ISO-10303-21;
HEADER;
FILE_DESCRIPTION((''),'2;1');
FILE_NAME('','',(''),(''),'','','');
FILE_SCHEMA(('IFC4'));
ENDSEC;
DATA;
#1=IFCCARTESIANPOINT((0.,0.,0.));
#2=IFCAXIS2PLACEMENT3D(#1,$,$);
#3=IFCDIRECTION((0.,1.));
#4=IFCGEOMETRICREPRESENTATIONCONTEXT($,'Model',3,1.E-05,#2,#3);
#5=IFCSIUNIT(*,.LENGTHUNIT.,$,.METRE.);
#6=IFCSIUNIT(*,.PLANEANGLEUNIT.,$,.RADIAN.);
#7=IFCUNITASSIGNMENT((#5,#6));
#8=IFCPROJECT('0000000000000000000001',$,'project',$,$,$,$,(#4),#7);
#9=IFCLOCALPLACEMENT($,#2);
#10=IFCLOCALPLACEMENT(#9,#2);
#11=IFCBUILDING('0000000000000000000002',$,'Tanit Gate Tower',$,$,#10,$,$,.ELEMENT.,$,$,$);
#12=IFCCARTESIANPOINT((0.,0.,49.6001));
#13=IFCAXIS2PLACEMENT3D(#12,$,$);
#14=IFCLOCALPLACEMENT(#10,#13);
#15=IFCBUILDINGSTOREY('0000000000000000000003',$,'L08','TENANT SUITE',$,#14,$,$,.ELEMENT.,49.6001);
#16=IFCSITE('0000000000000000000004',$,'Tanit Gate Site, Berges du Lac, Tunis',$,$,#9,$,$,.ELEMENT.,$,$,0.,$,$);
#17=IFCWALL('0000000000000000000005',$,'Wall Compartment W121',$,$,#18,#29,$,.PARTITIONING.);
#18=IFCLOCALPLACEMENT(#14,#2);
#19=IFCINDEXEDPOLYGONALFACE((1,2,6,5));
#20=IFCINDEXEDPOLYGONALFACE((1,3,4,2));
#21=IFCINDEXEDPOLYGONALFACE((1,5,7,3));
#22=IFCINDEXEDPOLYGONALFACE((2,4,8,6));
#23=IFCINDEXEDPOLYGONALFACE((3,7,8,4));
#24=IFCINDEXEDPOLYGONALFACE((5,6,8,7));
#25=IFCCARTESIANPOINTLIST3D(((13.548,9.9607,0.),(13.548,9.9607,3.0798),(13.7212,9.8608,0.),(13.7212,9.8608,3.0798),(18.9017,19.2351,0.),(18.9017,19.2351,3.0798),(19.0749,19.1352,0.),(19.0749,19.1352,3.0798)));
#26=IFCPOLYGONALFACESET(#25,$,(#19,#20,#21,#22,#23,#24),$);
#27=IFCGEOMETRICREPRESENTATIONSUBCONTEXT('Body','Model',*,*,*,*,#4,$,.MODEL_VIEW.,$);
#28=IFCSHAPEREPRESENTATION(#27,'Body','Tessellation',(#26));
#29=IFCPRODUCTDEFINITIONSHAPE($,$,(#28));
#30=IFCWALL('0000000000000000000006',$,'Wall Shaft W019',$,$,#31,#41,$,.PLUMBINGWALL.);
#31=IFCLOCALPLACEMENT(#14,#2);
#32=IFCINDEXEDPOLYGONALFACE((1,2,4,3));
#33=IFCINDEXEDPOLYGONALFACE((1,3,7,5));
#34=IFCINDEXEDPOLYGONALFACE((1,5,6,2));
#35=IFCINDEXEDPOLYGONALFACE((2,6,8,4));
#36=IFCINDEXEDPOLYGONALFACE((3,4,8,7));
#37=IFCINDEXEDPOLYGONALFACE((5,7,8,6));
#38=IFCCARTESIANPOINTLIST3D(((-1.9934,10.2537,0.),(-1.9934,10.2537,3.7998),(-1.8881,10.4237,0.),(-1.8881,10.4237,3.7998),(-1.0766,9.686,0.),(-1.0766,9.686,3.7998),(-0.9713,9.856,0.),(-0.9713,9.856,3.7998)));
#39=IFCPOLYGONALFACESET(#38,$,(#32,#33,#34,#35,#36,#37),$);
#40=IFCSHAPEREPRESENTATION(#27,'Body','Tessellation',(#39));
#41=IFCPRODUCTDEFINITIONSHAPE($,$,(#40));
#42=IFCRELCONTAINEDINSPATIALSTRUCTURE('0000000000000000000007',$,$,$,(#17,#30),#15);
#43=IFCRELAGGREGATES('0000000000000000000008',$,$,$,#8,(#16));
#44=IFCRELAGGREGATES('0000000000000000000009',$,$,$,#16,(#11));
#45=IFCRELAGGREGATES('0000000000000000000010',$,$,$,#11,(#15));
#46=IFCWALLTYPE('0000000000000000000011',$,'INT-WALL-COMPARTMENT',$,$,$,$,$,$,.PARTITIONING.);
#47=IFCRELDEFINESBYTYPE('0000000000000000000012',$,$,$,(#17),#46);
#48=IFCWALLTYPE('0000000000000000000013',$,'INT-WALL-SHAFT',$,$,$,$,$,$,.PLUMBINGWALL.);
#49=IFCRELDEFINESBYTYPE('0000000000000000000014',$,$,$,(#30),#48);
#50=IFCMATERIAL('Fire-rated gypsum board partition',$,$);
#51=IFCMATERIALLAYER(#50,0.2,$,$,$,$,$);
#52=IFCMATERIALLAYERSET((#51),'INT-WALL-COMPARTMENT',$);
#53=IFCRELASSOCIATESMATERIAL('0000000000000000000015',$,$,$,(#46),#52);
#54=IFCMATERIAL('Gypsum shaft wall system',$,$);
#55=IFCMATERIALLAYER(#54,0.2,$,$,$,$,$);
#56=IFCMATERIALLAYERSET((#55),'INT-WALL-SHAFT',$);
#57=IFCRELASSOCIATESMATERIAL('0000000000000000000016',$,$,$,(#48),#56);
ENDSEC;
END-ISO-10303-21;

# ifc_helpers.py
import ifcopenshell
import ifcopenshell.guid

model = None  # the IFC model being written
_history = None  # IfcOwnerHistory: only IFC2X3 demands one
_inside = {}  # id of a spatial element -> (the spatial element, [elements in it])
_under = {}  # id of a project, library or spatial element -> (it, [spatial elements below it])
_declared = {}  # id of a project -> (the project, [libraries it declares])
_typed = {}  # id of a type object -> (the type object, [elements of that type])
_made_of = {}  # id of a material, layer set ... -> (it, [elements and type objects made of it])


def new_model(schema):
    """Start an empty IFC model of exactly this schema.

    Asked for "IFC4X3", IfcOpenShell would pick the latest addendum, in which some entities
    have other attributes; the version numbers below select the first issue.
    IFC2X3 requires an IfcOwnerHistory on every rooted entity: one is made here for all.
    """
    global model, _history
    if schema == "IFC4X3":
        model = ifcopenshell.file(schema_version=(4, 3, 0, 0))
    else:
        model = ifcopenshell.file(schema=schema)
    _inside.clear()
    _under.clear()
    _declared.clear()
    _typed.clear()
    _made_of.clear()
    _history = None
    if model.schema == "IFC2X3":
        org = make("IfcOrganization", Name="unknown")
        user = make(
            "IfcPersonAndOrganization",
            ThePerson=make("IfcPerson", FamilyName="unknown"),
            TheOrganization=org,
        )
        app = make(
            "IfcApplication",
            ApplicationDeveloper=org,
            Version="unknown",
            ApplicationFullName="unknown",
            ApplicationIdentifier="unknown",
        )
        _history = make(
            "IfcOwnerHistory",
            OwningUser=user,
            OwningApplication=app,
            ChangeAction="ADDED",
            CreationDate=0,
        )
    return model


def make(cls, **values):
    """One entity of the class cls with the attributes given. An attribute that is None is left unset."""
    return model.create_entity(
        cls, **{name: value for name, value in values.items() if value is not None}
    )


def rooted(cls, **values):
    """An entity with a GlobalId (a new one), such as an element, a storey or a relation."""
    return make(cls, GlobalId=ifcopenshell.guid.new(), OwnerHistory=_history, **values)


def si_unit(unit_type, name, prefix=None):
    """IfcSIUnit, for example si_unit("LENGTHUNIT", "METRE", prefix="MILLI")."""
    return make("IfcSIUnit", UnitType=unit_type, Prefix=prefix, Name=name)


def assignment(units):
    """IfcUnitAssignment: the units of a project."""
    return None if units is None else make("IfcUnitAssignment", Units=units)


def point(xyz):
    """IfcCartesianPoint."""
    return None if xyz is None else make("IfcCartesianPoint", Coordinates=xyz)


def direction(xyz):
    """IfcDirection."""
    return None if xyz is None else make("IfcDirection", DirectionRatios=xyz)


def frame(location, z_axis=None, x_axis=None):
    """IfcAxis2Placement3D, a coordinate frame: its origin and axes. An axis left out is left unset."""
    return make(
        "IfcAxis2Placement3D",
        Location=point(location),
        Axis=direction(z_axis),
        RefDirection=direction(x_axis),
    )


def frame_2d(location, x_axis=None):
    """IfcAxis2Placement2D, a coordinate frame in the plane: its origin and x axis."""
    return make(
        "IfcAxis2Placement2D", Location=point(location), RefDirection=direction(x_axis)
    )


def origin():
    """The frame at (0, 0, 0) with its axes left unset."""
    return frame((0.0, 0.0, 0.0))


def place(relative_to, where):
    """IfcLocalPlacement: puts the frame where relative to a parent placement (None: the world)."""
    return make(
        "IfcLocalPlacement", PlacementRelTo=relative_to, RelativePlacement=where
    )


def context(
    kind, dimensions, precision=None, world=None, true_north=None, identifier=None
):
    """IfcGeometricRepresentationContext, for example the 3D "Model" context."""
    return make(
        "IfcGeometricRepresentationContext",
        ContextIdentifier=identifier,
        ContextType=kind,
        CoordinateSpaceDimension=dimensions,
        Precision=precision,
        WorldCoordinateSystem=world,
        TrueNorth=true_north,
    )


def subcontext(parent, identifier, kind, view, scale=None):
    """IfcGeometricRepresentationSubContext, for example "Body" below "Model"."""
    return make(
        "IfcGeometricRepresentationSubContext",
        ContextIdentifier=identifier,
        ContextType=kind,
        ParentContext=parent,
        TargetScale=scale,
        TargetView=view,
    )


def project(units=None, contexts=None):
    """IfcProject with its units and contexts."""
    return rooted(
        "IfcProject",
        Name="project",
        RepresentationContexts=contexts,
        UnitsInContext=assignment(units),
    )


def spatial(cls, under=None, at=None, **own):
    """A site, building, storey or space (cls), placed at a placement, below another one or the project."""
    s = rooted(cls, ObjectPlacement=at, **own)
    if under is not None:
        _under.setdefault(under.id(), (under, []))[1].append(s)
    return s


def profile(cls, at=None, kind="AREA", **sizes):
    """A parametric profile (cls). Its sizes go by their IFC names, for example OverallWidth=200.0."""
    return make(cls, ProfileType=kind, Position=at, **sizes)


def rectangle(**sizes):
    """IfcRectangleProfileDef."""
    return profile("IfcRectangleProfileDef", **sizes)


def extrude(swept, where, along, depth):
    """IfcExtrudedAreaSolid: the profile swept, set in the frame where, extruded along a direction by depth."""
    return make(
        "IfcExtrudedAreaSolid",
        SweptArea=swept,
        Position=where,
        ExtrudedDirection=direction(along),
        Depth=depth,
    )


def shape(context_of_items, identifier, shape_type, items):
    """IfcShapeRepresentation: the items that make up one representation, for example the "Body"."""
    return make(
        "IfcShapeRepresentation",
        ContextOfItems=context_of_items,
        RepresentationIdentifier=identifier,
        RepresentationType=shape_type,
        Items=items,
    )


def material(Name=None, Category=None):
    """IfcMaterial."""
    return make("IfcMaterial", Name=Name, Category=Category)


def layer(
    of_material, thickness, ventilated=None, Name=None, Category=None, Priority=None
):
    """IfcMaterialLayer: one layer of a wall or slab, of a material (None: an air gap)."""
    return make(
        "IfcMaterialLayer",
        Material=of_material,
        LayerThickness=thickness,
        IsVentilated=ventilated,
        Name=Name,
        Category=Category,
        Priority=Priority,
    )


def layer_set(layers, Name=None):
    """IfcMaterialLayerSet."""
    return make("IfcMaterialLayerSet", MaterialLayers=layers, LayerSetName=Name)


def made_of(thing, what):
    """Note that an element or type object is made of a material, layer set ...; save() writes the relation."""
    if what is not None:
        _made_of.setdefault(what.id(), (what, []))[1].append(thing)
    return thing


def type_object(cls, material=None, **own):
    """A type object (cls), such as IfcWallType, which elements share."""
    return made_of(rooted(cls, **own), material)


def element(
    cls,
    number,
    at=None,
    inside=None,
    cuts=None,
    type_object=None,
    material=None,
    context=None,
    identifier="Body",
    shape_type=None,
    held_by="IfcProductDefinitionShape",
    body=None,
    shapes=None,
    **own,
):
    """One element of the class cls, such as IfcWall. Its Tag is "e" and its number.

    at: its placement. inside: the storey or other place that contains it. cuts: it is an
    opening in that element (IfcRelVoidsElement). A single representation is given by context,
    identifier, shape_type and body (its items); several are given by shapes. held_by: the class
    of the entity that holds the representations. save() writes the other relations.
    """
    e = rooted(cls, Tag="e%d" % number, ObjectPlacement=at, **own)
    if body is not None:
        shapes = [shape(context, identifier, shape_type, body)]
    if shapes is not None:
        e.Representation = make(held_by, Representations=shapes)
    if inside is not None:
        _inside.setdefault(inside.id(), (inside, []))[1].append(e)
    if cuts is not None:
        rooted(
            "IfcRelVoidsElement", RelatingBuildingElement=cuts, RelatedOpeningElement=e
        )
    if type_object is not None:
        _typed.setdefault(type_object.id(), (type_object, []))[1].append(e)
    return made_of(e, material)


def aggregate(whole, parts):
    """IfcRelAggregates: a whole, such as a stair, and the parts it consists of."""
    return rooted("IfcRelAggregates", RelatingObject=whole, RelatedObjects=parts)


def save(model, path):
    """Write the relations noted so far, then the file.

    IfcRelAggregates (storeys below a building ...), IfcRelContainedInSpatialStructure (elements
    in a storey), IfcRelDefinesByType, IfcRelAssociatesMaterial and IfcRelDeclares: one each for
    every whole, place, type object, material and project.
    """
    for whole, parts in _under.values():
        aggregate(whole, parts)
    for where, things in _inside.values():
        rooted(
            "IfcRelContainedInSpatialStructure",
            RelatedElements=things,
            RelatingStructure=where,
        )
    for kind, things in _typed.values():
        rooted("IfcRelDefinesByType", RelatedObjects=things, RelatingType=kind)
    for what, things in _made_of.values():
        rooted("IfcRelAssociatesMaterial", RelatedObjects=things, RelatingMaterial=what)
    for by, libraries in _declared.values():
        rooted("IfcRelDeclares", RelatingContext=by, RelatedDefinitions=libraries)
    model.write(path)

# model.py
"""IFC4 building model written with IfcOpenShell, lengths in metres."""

from ifc_helpers import new_model, si_unit, direction, frame, frame_2d, origin, place, context, subcontext, project, spatial, rectangle, extrude, material, layer, layer_set, type_object, element, save


model = new_model("IFC4")

# Units and contexts
model_context = context("Model", 3, precision=1e-05, world=origin(), true_north=direction((0.0, 1.0)))
body_context = subcontext(model_context, "Body", "Model", "MODEL_VIEW")
ifc_project = project(units=[si_unit("LENGTHUNIT", "METRE"), si_unit("PLANEANGLEUNIT", "RADIAN")], contexts=[model_context])

# Site, building, storey
site_placement = place(None, origin())
site = spatial("IfcSite", under=ifc_project, at=site_placement, Name="Tanit Gate Site, Berges du Lac, Tunis", CompositionType="ELEMENT", RefElevation=0.0)
building_placement = place(site_placement, origin())
building = spatial("IfcBuilding", under=site, at=building_placement, Name="Tanit Gate Tower", CompositionType="ELEMENT")
storey_placement = place(building_placement, frame((0.0, 0.0, 49.6001)))
storey = spatial("IfcBuildingStorey", under=building, at=storey_placement, Name="L08", Description="TENANT SUITE", CompositionType="ELEMENT", Elevation=49.6001)

# Walls
ifc_material_1 = material(Name="Fire-rated gypsum board partition")
ifc_layer_1 = layer(ifc_material_1, 0.2)
ifc_layer_set_1 = layer_set([ifc_layer_1], Name="INT-WALL-COMPARTMENT")
wall_type_1 = type_object("IfcWallType", Name="INT-WALL-COMPARTMENT", PredefinedType="PARTITIONING", material=ifc_layer_set_1)
wall_1_placement = place(storey_placement, frame((13.6345, 9.9106, 0.0), z_axis=(0.0, 0.0, 1.0), x_axis=(0.499942, 0.866059, 0.0)))
element("IfcWall", 1, at=wall_1_placement, inside=storey, type_object=wall_type_1, Name="Wall Compartment W121", PredefinedType="PARTITIONING", context=body_context, shape_type="SweptSolid", body=[
    extrude(rectangle(XDim=10.7087, YDim=0.2, at=frame_2d((5.3545, 0.0))), origin(), (0.0, 0.0, 1.0), 3.0798),
])
ifc_material_2 = material(Name="Gypsum shaft wall system")
ifc_layer_2 = layer(ifc_material_2, 0.2)
ifc_layer_set_2 = layer_set([ifc_layer_2], Name="INT-WALL-SHAFT")
wall_type_2 = type_object("IfcWallType", Name="INT-WALL-SHAFT", PredefinedType="PLUMBINGWALL", material=ifc_layer_set_2)
wall_2_placement = place(storey_placement, frame((-1.9407, 10.3386, 0.0), z_axis=(0.0, 0.0, 1.0), x_axis=(0.850217, -0.526433, 0.0)))
element("IfcWall", 2, at=wall_2_placement, inside=storey, type_object=wall_type_2, Name="Wall Shaft W019", PredefinedType="PLUMBINGWALL", context=body_context, shape_type="SweptSolid", body=[
    extrude(rectangle(XDim=1.0784, YDim=0.2, at=frame_2d((0.5391, 0.0))), origin(), (0.0, 0.0, 1.0), 3.7998),
])

save(model, "model.ifc")
